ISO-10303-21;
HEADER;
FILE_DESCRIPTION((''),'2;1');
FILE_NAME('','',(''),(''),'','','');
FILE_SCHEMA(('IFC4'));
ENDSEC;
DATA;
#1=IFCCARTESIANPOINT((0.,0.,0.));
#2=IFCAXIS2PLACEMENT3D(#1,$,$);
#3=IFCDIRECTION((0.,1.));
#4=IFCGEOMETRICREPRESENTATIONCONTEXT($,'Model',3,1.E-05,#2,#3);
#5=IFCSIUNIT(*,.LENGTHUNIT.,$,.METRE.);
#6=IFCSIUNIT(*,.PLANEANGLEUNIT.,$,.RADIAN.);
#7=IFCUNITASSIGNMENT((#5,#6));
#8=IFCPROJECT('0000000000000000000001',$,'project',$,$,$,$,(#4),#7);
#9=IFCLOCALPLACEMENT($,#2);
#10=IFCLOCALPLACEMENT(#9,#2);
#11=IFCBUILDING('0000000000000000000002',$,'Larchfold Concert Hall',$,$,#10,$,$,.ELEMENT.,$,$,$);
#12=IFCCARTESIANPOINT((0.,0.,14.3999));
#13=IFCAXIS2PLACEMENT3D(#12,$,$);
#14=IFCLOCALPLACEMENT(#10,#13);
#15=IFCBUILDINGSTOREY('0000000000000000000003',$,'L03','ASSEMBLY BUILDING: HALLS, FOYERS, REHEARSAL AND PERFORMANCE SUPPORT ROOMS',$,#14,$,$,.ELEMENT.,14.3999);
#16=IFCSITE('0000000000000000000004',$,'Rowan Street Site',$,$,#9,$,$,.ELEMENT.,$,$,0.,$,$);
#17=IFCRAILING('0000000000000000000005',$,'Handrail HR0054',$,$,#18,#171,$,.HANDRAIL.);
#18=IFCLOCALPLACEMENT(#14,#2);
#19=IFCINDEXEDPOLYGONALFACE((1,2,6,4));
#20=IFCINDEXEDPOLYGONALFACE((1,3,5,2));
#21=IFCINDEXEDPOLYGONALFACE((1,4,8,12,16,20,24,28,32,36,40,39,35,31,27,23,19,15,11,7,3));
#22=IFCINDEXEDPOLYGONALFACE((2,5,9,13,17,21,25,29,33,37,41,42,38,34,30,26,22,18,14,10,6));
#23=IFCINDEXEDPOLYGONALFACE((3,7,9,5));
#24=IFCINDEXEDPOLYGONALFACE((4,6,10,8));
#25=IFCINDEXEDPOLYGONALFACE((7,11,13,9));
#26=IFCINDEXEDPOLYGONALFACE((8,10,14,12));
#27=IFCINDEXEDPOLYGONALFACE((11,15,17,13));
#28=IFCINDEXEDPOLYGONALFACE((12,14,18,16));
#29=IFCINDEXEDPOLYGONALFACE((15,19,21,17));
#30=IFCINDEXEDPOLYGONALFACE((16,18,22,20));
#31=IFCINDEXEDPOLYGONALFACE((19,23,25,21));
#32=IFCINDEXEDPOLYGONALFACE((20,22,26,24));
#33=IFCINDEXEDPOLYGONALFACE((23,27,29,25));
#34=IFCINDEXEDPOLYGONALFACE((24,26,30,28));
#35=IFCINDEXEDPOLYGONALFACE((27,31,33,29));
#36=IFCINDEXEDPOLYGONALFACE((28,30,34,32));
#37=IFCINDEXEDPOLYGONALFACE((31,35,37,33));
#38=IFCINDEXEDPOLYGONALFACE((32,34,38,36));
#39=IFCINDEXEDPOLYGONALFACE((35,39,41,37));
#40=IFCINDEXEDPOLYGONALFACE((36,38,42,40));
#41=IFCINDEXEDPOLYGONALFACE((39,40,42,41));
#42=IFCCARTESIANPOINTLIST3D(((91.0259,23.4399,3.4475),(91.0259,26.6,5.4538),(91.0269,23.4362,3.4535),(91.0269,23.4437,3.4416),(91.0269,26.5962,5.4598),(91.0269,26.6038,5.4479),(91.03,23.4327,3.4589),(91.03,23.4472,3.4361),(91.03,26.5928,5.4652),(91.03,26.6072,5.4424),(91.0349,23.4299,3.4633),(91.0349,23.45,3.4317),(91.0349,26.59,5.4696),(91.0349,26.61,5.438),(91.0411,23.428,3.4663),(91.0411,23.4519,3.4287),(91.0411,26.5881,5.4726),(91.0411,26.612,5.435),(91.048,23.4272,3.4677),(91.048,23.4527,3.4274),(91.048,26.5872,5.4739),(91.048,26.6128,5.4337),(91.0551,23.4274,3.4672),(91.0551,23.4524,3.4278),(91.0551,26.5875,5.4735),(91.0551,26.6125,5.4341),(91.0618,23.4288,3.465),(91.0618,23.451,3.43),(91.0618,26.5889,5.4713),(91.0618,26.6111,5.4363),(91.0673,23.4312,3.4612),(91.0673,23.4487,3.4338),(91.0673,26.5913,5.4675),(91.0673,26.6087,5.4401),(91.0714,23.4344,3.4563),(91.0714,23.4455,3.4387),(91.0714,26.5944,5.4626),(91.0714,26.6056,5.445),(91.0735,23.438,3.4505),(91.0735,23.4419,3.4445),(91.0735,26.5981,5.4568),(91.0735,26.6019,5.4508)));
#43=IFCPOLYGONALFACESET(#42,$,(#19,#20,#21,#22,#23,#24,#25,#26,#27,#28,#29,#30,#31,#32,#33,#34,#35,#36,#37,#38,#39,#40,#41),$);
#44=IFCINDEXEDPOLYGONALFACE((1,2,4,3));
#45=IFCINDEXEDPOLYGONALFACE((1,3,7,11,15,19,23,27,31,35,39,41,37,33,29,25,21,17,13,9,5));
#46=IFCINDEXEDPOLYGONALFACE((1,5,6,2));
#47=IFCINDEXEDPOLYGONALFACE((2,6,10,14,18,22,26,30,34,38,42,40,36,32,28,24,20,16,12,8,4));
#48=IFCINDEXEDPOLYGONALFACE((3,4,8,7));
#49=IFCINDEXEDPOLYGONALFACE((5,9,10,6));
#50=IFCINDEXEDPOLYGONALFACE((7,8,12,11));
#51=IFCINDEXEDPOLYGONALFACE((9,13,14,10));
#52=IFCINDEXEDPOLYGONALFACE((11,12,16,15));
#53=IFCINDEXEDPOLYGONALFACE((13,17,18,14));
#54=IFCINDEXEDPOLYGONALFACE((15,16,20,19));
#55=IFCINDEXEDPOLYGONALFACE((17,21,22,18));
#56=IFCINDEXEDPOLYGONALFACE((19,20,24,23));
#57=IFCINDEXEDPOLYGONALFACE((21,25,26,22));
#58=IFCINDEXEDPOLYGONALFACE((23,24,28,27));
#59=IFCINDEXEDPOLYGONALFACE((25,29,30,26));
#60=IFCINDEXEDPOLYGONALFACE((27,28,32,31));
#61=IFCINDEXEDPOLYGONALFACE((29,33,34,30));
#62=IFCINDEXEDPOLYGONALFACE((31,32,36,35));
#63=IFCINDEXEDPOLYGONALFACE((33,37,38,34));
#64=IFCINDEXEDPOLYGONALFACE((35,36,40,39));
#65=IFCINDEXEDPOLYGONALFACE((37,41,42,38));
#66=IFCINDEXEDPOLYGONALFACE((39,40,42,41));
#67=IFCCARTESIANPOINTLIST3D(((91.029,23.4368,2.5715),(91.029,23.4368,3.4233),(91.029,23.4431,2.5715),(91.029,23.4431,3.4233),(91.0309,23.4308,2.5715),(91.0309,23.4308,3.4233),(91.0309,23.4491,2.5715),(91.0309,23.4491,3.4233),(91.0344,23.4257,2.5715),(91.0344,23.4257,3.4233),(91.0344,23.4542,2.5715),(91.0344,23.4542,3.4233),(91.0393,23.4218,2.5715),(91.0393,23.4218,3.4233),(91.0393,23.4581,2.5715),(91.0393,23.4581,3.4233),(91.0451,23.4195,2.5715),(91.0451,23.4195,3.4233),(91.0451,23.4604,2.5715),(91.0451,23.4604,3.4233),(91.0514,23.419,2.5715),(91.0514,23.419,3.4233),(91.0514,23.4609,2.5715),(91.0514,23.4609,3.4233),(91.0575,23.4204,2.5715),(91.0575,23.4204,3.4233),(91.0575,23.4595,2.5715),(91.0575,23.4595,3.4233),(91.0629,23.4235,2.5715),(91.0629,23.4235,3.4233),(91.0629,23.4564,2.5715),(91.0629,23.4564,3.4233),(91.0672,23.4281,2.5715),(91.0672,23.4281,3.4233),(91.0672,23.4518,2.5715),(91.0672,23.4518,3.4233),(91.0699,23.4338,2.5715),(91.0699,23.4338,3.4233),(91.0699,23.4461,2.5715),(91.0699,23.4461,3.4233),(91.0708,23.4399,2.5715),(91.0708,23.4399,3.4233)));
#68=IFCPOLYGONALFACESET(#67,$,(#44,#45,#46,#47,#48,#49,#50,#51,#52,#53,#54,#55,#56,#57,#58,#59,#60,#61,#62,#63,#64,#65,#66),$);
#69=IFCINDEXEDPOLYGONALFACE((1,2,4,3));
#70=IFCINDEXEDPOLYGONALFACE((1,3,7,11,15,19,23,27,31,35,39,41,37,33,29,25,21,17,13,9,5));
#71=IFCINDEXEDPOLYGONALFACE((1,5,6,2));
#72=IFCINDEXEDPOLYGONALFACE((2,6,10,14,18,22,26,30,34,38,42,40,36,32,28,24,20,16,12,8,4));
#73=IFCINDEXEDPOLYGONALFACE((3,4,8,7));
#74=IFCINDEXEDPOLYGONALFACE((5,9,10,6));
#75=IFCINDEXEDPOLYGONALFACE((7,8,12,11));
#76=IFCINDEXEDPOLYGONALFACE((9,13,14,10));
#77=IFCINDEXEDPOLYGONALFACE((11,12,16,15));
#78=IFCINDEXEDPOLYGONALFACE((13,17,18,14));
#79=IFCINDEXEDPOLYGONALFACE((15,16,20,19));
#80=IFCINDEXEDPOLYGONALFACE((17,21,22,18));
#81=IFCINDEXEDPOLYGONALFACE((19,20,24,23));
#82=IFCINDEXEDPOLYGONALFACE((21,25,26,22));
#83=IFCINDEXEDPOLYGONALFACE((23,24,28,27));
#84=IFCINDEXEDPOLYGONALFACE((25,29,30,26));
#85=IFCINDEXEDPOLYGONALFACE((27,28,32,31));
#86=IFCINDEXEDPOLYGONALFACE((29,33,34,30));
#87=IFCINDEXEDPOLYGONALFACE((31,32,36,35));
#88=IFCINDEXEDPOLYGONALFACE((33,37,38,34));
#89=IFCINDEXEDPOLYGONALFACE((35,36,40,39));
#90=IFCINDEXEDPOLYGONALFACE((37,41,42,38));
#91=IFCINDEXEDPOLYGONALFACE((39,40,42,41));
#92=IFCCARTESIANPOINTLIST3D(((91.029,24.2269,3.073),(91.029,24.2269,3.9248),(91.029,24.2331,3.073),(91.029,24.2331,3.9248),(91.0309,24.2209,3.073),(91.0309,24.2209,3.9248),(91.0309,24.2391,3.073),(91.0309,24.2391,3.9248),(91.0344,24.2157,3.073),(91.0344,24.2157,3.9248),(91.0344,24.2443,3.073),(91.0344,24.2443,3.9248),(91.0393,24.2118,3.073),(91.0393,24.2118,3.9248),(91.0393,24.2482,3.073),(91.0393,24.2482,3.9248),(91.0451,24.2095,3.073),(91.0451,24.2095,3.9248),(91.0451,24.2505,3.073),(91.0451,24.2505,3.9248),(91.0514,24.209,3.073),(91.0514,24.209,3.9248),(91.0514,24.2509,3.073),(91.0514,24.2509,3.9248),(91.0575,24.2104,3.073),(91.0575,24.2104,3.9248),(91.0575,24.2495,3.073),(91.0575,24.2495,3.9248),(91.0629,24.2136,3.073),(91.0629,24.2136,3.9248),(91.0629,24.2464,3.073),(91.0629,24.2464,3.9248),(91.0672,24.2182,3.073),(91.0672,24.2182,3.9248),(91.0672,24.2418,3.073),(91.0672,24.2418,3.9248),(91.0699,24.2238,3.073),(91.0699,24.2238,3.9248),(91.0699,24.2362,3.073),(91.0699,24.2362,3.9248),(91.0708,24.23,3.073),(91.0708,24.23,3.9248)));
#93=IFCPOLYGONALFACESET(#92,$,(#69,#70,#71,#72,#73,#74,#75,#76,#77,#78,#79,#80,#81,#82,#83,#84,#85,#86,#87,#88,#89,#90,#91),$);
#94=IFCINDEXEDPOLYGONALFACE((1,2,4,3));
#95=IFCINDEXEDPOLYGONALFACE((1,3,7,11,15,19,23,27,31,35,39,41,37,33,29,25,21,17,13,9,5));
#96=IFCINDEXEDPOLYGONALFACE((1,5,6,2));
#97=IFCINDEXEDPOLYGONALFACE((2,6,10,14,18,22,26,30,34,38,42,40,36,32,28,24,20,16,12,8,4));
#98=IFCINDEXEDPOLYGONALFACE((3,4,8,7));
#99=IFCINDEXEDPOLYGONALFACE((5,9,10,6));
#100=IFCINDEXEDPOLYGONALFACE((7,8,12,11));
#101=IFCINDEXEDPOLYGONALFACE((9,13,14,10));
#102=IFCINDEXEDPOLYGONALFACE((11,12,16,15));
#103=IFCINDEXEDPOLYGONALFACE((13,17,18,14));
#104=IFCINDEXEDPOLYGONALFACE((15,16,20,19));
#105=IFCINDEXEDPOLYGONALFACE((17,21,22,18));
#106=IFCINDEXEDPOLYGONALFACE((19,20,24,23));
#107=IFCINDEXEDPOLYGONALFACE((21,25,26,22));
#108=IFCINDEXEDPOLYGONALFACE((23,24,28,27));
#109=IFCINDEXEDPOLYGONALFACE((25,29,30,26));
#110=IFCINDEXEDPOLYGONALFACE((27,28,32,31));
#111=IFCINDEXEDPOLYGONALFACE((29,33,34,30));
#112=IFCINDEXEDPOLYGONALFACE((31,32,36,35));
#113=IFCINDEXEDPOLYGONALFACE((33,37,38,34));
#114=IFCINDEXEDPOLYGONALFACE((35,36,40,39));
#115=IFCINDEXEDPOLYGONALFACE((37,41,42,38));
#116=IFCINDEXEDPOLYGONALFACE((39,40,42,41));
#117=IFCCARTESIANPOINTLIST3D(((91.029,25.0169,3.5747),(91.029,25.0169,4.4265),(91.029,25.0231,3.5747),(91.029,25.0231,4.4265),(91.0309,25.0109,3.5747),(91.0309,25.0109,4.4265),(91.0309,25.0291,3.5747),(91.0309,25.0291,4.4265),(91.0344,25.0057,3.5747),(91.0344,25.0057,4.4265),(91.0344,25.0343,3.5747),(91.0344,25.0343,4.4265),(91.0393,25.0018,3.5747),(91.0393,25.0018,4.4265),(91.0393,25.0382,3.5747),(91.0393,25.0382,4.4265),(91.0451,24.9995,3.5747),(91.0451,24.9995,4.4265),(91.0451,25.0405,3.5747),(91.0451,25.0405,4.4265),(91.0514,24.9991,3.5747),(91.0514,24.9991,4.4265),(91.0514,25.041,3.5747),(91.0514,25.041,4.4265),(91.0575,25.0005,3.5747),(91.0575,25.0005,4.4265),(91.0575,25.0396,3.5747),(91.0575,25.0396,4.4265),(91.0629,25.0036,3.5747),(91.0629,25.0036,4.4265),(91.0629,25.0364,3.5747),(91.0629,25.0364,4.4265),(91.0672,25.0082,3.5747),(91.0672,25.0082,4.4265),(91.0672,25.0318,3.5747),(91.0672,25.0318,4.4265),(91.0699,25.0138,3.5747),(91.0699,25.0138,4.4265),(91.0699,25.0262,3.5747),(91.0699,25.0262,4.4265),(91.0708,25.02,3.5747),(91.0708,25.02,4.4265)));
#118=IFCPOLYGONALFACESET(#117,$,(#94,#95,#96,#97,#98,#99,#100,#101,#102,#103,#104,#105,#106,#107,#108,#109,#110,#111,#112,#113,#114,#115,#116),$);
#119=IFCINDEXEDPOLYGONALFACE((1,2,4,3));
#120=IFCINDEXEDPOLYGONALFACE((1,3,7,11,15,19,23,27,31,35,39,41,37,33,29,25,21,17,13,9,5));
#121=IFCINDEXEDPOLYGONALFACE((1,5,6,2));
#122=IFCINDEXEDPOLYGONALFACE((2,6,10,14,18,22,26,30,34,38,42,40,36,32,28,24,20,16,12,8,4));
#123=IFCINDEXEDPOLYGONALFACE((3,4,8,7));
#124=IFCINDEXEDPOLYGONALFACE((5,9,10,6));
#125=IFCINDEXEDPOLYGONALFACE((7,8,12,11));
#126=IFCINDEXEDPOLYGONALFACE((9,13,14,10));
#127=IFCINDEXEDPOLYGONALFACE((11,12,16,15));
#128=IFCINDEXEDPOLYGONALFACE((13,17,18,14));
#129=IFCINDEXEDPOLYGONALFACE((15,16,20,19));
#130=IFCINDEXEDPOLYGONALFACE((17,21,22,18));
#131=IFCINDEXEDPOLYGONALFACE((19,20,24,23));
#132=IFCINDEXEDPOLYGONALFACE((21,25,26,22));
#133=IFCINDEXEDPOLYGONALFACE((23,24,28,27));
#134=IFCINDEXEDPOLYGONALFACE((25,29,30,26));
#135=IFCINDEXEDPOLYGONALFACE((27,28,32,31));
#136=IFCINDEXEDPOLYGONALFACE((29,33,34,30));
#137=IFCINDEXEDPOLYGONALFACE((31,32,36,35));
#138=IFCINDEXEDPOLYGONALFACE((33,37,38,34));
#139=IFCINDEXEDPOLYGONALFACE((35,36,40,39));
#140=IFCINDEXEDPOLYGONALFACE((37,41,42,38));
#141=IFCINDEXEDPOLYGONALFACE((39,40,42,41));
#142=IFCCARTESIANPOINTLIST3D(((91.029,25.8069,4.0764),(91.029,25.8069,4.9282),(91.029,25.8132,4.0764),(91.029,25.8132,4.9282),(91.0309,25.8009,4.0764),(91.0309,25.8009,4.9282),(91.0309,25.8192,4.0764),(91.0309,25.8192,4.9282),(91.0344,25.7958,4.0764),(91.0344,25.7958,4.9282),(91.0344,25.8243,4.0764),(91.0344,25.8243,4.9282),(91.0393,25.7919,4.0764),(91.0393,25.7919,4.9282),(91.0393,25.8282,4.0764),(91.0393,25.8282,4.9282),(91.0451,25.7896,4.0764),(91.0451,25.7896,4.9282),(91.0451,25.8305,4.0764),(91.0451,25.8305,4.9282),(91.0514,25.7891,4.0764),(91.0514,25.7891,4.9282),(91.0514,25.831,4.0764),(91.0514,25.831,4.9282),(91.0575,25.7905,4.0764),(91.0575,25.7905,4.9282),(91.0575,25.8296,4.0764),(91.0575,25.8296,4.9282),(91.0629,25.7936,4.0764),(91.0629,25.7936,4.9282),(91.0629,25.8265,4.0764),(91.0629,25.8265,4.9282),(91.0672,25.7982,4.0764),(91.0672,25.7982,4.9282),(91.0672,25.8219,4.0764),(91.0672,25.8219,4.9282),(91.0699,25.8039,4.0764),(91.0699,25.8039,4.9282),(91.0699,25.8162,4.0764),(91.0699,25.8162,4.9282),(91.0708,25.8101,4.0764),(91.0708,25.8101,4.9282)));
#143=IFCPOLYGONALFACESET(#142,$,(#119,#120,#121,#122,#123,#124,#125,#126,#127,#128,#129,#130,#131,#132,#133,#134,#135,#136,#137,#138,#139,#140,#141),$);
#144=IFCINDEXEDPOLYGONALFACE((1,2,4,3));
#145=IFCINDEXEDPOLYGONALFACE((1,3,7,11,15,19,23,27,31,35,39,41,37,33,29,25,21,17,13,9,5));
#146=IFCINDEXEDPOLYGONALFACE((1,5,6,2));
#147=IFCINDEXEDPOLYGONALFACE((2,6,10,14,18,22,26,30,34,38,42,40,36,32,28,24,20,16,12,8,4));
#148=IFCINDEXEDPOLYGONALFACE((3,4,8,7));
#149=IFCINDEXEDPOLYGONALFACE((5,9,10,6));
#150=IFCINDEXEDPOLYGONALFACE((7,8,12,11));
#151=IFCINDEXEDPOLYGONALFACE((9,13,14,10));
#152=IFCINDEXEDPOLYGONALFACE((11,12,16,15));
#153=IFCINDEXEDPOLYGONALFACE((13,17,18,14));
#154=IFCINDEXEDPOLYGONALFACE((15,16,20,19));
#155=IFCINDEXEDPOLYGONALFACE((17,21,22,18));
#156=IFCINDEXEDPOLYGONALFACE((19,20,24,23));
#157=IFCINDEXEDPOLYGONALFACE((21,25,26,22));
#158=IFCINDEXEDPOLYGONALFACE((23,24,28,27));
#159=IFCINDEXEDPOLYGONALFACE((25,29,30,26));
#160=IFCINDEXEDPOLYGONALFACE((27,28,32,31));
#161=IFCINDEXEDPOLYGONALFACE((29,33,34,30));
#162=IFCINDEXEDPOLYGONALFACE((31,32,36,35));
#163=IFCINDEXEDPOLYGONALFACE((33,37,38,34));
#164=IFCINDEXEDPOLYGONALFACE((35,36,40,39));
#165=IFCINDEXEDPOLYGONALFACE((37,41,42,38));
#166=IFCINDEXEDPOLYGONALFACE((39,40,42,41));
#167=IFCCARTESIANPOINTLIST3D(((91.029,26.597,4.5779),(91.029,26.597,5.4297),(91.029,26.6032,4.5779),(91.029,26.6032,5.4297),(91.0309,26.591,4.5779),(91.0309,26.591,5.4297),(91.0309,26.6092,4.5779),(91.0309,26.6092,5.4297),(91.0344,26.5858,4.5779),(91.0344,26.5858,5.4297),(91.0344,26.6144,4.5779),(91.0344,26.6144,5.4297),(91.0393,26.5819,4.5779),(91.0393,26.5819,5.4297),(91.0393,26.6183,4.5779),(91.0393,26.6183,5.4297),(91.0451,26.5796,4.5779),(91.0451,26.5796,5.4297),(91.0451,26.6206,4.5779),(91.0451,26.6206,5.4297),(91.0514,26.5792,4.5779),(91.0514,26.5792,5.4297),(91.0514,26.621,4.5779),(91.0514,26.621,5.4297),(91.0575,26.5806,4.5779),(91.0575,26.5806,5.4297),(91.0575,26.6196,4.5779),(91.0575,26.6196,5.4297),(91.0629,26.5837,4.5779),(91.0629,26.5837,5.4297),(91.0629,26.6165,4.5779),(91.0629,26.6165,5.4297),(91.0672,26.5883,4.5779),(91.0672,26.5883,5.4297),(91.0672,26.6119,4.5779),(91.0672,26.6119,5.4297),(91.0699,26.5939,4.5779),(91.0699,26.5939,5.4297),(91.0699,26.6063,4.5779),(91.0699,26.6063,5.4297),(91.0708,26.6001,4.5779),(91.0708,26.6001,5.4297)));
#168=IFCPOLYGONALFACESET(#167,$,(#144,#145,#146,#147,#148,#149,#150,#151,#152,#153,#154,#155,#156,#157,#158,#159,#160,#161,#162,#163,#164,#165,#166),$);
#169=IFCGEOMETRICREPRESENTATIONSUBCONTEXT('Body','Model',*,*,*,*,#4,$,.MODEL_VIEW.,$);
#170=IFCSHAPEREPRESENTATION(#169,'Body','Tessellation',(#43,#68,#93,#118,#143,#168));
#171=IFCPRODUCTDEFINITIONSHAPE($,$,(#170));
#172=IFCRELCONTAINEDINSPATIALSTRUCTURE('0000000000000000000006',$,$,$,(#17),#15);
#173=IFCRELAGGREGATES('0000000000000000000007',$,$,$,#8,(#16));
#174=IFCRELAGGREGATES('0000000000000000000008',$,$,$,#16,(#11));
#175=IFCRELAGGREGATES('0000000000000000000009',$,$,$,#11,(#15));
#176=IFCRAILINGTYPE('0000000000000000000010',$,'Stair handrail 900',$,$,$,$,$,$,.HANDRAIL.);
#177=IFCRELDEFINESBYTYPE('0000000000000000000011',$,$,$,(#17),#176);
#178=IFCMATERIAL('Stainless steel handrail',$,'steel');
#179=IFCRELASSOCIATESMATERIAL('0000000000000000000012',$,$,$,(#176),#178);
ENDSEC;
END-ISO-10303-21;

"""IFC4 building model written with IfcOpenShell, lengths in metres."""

from ifc_helpers import new_model, si_unit, direction, frame, origin, origin_2d, place, context, subcontext, project, spatial, circle, extrude, material, type_object, element, save


model = new_model("IFC4")

# Units and contexts
model_context = context("Model", 3, precision=1e-05, world=origin(), true_north=direction((0.0, 1.0)))
body_context = subcontext(model_context, "Body", "Model", "MODEL_VIEW")
ifc_project = project(units=[si_unit("LENGTHUNIT", "METRE"), si_unit("PLANEANGLEUNIT", "RADIAN")], contexts=[model_context])

# Site, building, storey
site_placement = place(None, origin())
site = spatial("IfcSite", under=ifc_project, at=site_placement, Name="Rowan Street Site", CompositionType="ELEMENT", RefElevation=0.0)
building_placement = place(site_placement, origin())
building = spatial("IfcBuilding", under=site, at=building_placement, Name="Larchfold Concert Hall", CompositionType="ELEMENT")
storey_placement = place(building_placement, frame((0.0, 0.0, 14.3999)))
storey = spatial("IfcBuildingStorey", under=building, at=storey_placement, Name="L03", Description="ASSEMBLY BUILDING: HALLS, FOYERS, REHEARSAL AND PERFORMANCE SUPPORT ROOMS", CompositionType="ELEMENT", Elevation=14.3999)

# Railing
ifc_material_1 = material(Name="Stainless steel handrail", Category="steel")
railing_type_1 = type_object("IfcRailingType", Name="Stair handrail 900", PredefinedType="HANDRAIL", material=ifc_material_1)
railing_1_placement = place(storey_placement, frame((91.0498, 23.4399, 2.5715)))
element("IfcRailing", 1, at=railing_1_placement, inside=storey, type_object=railing_type_1, Name="Handrail HR0054", PredefinedType="HANDRAIL", context=body_context, shape_type="SweptSolid", body=[
    extrude(circle(Radius=0.0239, at=origin_2d()), frame((0.0, 0.0, 0.876), z_axis=(0.0, 0.844225, 0.535989), x_axis=(-1.0, 0.0, 0.0)), (0.0, 0.0, 1.0), 3.7432),
    extrude(circle(Radius=0.021, at=origin_2d()), origin(), (0.0, 0.0, 1.0), 0.8518),
    extrude(circle(Radius=0.021, at=origin_2d()), frame((0.0, 0.79, 0.5015)), (0.0, 0.0, 1.0), 0.8518),
    extrude(circle(Radius=0.021, at=origin_2d()), frame((0.0, 1.5801, 1.0032)), (0.0, 0.0, 1.0), 0.8518),
    extrude(circle(Radius=0.021, at=origin_2d()), frame((0.0, 2.3701, 1.5049)), (0.0, 0.0, 1.0), 0.8518),
    extrude(circle(Radius=0.021, at=origin_2d()), frame((0.0, 3.1602, 2.0063)), (0.0, 0.0, 1.0), 0.8518),
])

save(model, "model.ifc")
